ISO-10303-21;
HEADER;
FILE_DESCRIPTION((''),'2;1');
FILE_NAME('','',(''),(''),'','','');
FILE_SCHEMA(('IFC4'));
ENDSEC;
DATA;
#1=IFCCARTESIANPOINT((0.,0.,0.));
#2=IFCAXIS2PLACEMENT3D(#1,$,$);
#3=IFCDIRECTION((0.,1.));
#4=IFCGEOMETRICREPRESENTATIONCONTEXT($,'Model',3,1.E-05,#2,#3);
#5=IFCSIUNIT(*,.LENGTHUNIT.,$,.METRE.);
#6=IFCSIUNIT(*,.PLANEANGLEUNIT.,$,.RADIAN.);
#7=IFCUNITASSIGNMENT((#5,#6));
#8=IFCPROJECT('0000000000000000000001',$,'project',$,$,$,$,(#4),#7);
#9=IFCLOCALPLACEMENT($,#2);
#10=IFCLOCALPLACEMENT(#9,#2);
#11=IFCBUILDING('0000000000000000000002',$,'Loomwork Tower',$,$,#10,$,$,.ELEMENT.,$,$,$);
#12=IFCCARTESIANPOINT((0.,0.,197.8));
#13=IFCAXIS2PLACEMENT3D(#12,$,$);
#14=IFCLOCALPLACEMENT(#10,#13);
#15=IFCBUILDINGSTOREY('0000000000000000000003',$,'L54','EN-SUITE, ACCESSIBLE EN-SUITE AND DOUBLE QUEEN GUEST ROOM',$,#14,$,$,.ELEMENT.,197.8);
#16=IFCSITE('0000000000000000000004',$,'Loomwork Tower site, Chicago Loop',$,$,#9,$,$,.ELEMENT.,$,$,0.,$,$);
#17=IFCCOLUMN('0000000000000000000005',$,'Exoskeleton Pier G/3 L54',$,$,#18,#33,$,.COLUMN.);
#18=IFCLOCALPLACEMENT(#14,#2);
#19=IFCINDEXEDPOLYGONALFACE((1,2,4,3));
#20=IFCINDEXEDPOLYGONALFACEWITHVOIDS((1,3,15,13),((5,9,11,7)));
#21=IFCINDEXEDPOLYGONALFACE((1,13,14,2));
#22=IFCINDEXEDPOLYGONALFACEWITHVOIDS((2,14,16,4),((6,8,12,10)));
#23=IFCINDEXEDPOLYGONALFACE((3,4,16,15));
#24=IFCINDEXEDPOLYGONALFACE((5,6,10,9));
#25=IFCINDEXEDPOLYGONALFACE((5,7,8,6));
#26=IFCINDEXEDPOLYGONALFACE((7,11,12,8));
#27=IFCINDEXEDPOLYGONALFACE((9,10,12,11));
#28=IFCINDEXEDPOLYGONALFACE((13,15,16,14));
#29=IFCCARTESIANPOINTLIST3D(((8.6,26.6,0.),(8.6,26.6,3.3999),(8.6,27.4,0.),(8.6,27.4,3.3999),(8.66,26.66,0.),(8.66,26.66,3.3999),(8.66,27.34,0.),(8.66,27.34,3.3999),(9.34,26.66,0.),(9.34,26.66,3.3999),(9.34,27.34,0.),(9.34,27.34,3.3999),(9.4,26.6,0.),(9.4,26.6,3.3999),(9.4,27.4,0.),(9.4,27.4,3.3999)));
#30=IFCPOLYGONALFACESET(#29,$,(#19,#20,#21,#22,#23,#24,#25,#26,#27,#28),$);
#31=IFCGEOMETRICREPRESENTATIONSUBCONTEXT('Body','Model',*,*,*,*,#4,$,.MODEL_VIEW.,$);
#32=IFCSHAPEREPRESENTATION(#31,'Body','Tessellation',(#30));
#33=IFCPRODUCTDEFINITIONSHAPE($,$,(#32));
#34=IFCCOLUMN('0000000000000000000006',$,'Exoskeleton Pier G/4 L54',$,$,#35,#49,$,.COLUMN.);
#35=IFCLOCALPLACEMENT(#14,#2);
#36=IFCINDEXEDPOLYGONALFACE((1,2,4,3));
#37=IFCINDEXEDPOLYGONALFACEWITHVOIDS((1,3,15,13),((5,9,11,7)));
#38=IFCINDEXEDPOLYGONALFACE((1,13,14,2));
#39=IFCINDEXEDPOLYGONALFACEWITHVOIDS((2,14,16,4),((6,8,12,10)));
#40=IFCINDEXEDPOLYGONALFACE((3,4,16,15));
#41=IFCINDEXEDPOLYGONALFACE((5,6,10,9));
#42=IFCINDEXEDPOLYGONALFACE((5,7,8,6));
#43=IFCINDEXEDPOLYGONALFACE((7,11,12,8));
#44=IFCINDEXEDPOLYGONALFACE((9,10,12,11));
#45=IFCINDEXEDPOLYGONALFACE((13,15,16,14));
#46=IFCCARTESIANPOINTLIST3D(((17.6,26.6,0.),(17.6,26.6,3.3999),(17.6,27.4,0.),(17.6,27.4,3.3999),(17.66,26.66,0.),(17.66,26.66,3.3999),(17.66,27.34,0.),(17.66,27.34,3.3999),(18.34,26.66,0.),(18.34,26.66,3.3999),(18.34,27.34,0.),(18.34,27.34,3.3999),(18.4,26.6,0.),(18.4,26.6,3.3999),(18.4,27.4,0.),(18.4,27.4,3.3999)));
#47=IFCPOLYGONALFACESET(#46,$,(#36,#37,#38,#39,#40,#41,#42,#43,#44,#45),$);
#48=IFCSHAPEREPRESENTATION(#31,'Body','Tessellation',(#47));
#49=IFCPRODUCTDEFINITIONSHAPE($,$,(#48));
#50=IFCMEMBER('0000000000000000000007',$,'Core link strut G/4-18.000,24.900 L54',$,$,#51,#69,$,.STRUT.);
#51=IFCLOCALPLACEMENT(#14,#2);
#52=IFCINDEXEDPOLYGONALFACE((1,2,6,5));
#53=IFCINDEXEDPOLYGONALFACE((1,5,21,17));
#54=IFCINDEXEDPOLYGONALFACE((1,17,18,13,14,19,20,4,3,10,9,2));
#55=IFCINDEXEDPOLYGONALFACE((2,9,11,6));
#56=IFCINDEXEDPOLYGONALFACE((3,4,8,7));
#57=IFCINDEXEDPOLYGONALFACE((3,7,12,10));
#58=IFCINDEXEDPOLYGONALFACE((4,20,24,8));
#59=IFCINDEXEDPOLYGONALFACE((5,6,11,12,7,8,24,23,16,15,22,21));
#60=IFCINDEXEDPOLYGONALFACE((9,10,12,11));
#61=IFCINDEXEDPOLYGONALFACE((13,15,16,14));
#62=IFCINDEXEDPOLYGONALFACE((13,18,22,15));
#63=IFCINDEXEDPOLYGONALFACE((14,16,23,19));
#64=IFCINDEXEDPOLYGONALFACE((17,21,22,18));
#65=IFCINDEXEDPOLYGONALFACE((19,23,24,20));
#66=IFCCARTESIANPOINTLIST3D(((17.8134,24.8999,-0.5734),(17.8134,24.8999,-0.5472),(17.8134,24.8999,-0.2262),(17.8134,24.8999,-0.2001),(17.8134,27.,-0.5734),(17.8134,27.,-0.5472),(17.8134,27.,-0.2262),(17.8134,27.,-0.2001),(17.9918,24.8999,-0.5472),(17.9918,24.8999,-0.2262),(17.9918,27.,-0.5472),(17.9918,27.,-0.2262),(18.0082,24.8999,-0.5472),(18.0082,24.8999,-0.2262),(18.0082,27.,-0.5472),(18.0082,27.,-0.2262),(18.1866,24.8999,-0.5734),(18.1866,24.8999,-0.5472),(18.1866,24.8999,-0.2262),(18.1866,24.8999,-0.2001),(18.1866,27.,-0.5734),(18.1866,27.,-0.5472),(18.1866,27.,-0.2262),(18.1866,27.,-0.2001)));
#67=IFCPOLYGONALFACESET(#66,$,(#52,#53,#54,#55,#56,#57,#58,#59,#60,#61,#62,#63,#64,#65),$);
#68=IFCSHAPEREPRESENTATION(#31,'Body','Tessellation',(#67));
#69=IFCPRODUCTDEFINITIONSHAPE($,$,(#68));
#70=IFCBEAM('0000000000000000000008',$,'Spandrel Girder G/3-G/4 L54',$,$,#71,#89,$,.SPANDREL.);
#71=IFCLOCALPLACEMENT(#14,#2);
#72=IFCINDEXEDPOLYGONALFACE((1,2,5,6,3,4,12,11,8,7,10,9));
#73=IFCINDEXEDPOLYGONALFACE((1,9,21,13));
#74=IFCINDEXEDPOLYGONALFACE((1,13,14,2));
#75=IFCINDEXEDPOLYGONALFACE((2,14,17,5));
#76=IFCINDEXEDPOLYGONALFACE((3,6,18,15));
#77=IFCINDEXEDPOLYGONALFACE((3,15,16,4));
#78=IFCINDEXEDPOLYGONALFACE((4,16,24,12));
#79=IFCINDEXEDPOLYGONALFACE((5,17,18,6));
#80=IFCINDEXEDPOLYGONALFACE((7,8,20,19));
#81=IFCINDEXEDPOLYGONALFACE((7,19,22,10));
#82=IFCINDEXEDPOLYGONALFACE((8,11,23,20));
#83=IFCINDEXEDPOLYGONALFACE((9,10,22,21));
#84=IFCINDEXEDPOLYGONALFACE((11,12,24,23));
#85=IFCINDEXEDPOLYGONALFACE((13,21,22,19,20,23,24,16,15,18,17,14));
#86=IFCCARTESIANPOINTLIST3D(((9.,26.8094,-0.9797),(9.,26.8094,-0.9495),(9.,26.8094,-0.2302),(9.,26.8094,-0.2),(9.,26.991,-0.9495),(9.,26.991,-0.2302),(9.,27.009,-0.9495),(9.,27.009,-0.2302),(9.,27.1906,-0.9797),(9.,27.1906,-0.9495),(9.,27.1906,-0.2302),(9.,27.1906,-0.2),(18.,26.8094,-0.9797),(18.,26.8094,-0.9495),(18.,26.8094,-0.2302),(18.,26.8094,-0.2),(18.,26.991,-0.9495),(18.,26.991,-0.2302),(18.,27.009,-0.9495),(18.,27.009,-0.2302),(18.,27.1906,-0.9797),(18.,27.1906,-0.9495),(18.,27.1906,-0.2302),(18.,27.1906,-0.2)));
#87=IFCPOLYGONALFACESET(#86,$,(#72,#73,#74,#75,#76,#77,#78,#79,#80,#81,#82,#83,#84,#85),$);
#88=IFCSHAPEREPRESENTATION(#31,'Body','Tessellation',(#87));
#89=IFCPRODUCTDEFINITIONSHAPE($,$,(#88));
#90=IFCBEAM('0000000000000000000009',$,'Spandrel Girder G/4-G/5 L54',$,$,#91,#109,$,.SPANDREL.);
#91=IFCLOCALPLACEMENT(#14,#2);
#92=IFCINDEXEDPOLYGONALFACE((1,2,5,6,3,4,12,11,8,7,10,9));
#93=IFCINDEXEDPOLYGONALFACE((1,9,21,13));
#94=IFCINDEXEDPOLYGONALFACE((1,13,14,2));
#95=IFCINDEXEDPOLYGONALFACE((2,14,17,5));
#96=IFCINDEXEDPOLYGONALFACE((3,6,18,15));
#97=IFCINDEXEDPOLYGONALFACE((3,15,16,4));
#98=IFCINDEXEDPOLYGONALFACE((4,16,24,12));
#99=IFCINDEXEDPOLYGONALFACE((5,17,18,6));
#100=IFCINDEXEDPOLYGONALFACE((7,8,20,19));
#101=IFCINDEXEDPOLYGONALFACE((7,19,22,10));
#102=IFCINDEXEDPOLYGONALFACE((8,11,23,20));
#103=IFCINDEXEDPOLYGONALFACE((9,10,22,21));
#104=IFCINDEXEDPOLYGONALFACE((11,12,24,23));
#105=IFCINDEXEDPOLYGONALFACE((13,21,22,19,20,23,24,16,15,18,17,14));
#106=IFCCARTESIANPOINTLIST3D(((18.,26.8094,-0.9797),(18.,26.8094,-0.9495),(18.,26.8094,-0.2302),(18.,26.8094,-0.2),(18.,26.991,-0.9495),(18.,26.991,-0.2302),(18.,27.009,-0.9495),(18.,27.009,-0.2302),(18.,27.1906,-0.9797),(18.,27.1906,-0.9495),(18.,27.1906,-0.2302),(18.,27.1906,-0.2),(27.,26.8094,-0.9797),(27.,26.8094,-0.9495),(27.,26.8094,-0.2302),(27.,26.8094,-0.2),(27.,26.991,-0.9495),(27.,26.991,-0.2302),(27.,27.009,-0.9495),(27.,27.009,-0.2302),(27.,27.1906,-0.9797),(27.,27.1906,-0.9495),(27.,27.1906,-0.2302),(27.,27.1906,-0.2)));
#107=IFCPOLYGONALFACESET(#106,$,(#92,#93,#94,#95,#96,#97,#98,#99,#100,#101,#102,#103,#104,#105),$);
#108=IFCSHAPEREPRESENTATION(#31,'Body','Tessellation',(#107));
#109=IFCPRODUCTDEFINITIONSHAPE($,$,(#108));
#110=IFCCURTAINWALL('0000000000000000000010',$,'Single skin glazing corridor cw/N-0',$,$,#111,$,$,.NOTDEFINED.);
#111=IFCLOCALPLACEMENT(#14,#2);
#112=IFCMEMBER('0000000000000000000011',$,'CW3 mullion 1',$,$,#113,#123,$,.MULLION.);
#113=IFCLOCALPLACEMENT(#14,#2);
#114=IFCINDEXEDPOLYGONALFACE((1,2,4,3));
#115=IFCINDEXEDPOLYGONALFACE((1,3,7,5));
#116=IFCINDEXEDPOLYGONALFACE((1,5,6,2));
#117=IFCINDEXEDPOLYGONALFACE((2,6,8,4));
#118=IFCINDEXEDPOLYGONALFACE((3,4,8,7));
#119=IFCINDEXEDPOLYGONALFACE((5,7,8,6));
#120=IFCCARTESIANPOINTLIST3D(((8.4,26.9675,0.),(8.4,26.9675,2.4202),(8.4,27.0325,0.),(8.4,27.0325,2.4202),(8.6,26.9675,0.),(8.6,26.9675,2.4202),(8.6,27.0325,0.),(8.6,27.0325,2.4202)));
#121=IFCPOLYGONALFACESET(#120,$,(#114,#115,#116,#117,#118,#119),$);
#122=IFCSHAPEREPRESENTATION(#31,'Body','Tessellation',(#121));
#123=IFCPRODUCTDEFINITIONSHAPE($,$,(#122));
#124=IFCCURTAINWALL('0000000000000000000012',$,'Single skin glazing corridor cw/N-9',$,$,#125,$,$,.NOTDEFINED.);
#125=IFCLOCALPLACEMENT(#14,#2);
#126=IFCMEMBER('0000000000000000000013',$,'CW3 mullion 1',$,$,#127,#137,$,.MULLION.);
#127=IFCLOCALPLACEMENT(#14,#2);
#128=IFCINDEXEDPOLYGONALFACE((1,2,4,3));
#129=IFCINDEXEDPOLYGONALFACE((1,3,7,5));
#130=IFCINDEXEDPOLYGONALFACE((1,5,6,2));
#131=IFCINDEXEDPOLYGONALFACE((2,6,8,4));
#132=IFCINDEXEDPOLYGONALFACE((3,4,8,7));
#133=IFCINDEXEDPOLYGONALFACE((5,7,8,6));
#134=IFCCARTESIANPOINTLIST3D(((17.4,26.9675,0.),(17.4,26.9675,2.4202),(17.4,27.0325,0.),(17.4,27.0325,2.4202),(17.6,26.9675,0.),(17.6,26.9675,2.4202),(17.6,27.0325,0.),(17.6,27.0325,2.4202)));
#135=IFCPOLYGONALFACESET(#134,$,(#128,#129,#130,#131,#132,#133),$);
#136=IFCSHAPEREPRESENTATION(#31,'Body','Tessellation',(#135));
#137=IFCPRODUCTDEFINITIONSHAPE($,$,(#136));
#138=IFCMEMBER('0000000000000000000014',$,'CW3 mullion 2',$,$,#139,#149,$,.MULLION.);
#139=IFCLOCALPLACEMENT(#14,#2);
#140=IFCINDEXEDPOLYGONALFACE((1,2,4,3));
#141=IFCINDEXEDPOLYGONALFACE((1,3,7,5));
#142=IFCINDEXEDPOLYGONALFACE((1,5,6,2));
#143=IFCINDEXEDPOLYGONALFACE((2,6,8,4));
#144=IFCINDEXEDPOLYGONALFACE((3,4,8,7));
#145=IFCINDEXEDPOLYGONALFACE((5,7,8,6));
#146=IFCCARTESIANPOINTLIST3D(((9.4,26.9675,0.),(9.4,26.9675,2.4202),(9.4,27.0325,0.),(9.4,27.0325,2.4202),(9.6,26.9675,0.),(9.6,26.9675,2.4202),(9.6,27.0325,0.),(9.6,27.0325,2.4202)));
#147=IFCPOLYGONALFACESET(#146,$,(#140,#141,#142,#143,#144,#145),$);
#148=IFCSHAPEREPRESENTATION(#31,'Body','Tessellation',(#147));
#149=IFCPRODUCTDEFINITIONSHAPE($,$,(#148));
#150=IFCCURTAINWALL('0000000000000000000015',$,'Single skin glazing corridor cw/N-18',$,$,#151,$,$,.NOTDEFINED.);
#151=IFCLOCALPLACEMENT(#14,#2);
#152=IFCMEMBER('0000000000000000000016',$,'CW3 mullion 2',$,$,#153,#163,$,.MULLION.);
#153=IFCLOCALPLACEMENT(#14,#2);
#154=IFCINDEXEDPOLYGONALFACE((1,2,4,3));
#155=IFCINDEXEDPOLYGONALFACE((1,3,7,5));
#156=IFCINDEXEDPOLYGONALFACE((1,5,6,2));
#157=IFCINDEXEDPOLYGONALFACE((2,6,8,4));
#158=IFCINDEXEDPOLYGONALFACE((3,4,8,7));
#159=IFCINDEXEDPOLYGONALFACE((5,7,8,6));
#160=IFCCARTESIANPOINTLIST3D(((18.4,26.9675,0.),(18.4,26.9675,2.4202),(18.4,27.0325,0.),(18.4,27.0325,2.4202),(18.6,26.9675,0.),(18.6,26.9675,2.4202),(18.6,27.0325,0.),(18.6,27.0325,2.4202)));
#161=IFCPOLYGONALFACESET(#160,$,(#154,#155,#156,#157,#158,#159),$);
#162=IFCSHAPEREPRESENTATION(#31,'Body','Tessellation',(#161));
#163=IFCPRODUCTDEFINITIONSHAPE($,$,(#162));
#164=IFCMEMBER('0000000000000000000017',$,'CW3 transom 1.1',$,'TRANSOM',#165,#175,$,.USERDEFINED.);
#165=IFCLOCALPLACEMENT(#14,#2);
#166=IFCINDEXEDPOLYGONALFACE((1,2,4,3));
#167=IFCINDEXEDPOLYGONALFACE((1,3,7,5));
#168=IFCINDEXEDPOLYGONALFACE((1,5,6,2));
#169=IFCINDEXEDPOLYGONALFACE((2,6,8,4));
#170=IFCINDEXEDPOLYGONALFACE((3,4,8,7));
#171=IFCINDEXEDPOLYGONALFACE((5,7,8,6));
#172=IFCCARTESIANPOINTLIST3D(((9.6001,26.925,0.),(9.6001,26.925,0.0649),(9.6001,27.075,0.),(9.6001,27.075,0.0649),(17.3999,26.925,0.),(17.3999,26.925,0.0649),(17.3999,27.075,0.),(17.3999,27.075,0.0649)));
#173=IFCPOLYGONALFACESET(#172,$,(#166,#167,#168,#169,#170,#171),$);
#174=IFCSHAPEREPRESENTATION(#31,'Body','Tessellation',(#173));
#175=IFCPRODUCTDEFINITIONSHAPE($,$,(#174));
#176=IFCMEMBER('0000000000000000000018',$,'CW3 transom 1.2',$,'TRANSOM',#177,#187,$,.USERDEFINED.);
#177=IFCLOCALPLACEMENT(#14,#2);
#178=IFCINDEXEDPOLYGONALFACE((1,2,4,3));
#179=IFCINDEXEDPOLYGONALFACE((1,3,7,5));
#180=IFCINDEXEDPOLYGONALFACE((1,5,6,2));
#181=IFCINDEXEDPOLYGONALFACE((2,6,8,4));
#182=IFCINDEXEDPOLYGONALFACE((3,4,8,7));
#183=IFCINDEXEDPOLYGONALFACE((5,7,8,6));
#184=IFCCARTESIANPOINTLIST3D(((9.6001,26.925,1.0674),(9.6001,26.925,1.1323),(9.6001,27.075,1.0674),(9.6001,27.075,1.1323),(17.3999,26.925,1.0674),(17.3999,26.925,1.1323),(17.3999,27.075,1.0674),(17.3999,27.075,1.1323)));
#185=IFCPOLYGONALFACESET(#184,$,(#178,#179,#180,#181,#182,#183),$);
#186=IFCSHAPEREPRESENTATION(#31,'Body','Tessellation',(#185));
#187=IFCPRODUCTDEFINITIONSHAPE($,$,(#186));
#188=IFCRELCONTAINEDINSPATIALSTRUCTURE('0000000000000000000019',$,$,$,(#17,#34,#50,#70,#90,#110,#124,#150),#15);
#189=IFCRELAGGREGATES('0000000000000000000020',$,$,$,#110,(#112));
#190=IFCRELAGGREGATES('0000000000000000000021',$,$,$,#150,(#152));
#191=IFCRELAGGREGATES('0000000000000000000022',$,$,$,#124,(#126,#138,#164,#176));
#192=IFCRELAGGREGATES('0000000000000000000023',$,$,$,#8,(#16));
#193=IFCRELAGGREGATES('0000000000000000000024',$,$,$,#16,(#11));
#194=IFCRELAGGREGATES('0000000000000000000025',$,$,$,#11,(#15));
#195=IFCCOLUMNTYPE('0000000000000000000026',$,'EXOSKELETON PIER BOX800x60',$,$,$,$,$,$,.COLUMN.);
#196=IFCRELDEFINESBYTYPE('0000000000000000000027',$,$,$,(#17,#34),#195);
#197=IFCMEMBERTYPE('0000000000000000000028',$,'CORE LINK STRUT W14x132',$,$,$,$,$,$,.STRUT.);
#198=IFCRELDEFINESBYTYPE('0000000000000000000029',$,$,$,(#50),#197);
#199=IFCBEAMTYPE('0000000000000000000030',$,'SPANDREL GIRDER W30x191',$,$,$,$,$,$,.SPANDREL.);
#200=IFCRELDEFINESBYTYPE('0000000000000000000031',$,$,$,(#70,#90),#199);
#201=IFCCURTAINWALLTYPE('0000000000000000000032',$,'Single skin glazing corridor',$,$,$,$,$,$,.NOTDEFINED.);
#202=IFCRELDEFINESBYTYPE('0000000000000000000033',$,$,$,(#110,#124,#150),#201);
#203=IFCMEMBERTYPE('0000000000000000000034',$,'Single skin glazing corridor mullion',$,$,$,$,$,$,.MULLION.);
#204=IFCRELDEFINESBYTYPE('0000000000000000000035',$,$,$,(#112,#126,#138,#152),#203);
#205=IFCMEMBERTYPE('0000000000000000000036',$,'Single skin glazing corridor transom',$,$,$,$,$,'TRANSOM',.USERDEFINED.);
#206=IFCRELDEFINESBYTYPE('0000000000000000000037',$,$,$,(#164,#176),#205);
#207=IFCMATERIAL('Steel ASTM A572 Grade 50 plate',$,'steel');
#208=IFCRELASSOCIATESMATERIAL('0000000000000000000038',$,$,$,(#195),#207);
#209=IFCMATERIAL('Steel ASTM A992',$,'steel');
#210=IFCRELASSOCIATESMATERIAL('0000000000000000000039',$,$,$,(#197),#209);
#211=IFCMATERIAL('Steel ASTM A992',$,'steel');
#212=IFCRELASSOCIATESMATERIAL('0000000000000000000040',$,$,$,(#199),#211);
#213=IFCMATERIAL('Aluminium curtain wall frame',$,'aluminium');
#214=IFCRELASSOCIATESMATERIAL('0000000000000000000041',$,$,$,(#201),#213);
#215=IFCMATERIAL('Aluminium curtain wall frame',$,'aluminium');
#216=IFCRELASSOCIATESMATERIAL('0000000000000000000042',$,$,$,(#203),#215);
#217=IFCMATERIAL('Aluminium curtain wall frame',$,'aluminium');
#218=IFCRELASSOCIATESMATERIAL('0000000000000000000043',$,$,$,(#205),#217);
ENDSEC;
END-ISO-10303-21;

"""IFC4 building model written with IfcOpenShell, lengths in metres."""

from ifc_helpers import new_model, si_unit, direction, frame, origin, origin_2d, place, context, subcontext, project, spatial, rectangle, hollow_rectangle, i_section, extrude, material, material_profile, profile_set, type_object, element, aggregate, save


model = new_model("IFC4")

# Units and contexts
model_context = context("Model", 3, precision=1e-05, world=origin(), true_north=direction((0.0, 1.0)))
body_context = subcontext(model_context, "Body", "Model", "MODEL_VIEW")
ifc_project = project(units=[si_unit("LENGTHUNIT", "METRE"), si_unit("PLANEANGLEUNIT", "RADIAN")], contexts=[model_context])

# Site, building, storey
site_placement = place(None, origin())
site = spatial("IfcSite", under=ifc_project, at=site_placement, Name="Loomwork Tower site, Chicago Loop", CompositionType="ELEMENT", RefElevation=0.0)
building_placement = place(site_placement, origin())
building = spatial("IfcBuilding", under=site, at=building_placement, Name="Loomwork Tower", CompositionType="ELEMENT")
storey_placement = place(building_placement, frame((0.0, 0.0, 197.8)))
storey = spatial("IfcBuildingStorey", under=building, at=storey_placement, Name="L54", Description="EN-SUITE, ACCESSIBLE EN-SUITE AND DOUBLE QUEEN GUEST ROOM", CompositionType="ELEMENT", Elevation=197.8)

# Columns
ifc_material_1 = material(Name="Steel ASTM A572 Grade 50 plate", Category="steel")
ifc_material_profile_1 = material_profile(ifc_material_1, hollow_rectangle(XDim=0.8, YDim=0.8, WallThickness=0.0601, at=origin_2d()), Name="BOX800x60")
ifc_profile_set_1 = profile_set([ifc_material_profile_1], Name="Steel ASTM A572 Grade 50 plate")
column_type = type_object("IfcColumnType", Name="EXOSKELETON PIER BOX800x60", PredefinedType="COLUMN", material=ifc_profile_set_1)
for number, where, z_axis, x_axis, name in (
    (1, (9.0, 27.0, 0.0), (0.0, 0.0, 1.0), (1.0, 0.0, 0.0), "Exoskeleton Pier G/3 L54"),
    (2, (18.0, 27.0, 0.0), (0.0, 0.0, 1.0), (1.0, 0.0, 0.0), "Exoskeleton Pier G/4 L54"),
):
    element("IfcColumn", number, at=place(storey_placement, frame(where, z_axis=z_axis, x_axis=x_axis)), inside=storey, type_object=column_type, Name=name, PredefinedType="COLUMN", context=body_context, shape_type="SweptSolid", body=[
        extrude(hollow_rectangle(XDim=0.8, YDim=0.8, WallThickness=0.0601, at=origin_2d()), origin(), (0.0, 0.0, 1.0), 3.3999),
    ])

# Member
ifc_material_2 = material(Name="Steel ASTM A992", Category="steel")
ifc_material_profile_2 = material_profile(ifc_material_2, i_section(OverallWidth=0.3733, OverallDepth=0.3733, WebThickness=0.0164, FlangeThickness=0.0261, at=origin_2d()), Name="W14x132")
ifc_profile_set_2 = profile_set([ifc_material_profile_2], Name="Steel ASTM A992")
member_type_1 = type_object("IfcMemberType", Name="CORE LINK STRUT W14x132", PredefinedType="STRUT", material=ifc_profile_set_2)
member_1_placement = place(storey_placement, frame((18.0, 27.0, -0.3867), z_axis=(0.0, -1.0, 0.0), x_axis=(1.0, 0.0, 0.0)))
element("IfcMember", 3, at=member_1_placement, inside=storey, type_object=member_type_1, Name="Core link strut G/4-18.000,24.900 L54", PredefinedType="STRUT", context=body_context, shape_type="SweptSolid", body=[
    extrude(i_section(OverallWidth=0.3733, OverallDepth=0.3733, WebThickness=0.0164, FlangeThickness=0.0261, at=origin_2d()), origin(), (0.0, 0.0, 1.0), 2.1001),
])

# Beams
ifc_material_3 = material(Name="Steel ASTM A992", Category="steel")
ifc_material_profile_3 = material_profile(ifc_material_3, i_section(OverallWidth=0.3811, OverallDepth=0.7798, WebThickness=0.0181, FlangeThickness=0.0303, at=origin_2d()), Name="W30x191")
ifc_profile_set_3 = profile_set([ifc_material_profile_3], Name="Steel ASTM A992")
beam_type = type_object("IfcBeamType", Name="SPANDREL GIRDER W30x191", PredefinedType="SPANDREL", material=ifc_profile_set_3)
for number, where, z_axis, x_axis, name in (
    (4, (9.0, 27.0, -0.5898), (1.0, 0.0, 0.0), (0.0, 1.0, 0.0), "Spandrel Girder G/3-G/4 L54"),
    (5, (18.0, 27.0, -0.5898), (1.0, 0.0, 0.0), (0.0, 1.0, 0.0), "Spandrel Girder G/4-G/5 L54"),
):
    element("IfcBeam", number, at=place(storey_placement, frame(where, z_axis=z_axis, x_axis=x_axis)), inside=storey, type_object=beam_type, Name=name, PredefinedType="SPANDREL", context=body_context, shape_type="SweptSolid", body=[
        extrude(i_section(OverallWidth=0.3811, OverallDepth=0.7798, WebThickness=0.0181, FlangeThickness=0.0303, at=origin_2d()), origin(), (0.0, 0.0, 1.0), 9.0),
    ])

# Curtain wall, member
ifc_material_4 = material(Name="Aluminium curtain wall frame", Category="aluminium")
curtain_wall_type = type_object("IfcCurtainWallType", Name="Single skin glazing corridor", PredefinedType="NOTDEFINED", material=ifc_material_4)
curtain_wall_1_placement = place(storey_placement, origin())
curtain_wall_1 = element("IfcCurtainWall", 6, at=curtain_wall_1_placement, inside=storey, type_object=curtain_wall_type, Name="Single skin glazing corridor cw/N-0", PredefinedType="NOTDEFINED")
ifc_material_5 = material(Name="Aluminium curtain wall frame", Category="aluminium")
ifc_material_profile_4 = material_profile(ifc_material_5, rectangle(XDim=0.0649, YDim=0.2, at=origin_2d()), Name="AL 65x200")
ifc_profile_set_4 = profile_set([ifc_material_profile_4], Name="Aluminium curtain wall frame")
member_type_2 = type_object("IfcMemberType", Name="Single skin glazing corridor mullion", PredefinedType="MULLION", material=ifc_profile_set_4)
member_2_placement = place(storey_placement, frame((8.5, 27.0, 0.0), z_axis=(0.0, 0.0, 1.0), x_axis=(0.0, -1.0, 0.0)))
member_2 = element("IfcMember", 7, at=member_2_placement, type_object=member_type_2, Name="CW3 mullion 1", PredefinedType="MULLION", context=body_context, shape_type="SweptSolid", body=[
    extrude(rectangle(XDim=0.0649, YDim=0.2, at=origin_2d()), origin(), (0.0, 0.0, 1.0), 2.4202),
])
aggregate(curtain_wall_1, [member_2])

# Curtain wall, members
curtain_wall_2_placement = place(storey_placement, origin())
curtain_wall_2 = element("IfcCurtainWall", 8, at=curtain_wall_2_placement, inside=storey, type_object=curtain_wall_type, Name="Single skin glazing corridor cw/N-9", PredefinedType="NOTDEFINED")
member_3_placement = place(storey_placement, frame((17.5, 27.0, 0.0), z_axis=(0.0, 0.0, 1.0), x_axis=(0.0, -1.0, 0.0)))
member_3 = element("IfcMember", 9, at=member_3_placement, type_object=member_type_2, Name="CW3 mullion 1", PredefinedType="MULLION", context=body_context, shape_type="SweptSolid", body=[
    extrude(rectangle(XDim=0.0649, YDim=0.2, at=origin_2d()), origin(), (0.0, 0.0, 1.0), 2.4202),
])
member_4_placement = place(storey_placement, frame((9.5, 27.0, 0.0), z_axis=(0.0, 0.0, 1.0), x_axis=(0.0, -1.0, 0.0)))
member_4 = element("IfcMember", 10, at=member_4_placement, type_object=member_type_2, Name="CW3 mullion 2", PredefinedType="MULLION", context=body_context, shape_type="SweptSolid", body=[
    extrude(rectangle(XDim=0.0649, YDim=0.2, at=origin_2d()), origin(), (0.0, 0.0, 1.0), 2.4202),
])

# Curtain wall, member
curtain_wall_3_placement = place(storey_placement, origin())
curtain_wall_3 = element("IfcCurtainWall", 11, at=curtain_wall_3_placement, inside=storey, type_object=curtain_wall_type, Name="Single skin glazing corridor cw/N-18", PredefinedType="NOTDEFINED")
member_5_placement = place(storey_placement, frame((18.5, 27.0, 0.0), z_axis=(0.0, 0.0, 1.0), x_axis=(0.0, -1.0, 0.0)))
member_5 = element("IfcMember", 12, at=member_5_placement, type_object=member_type_2, Name="CW3 mullion 2", PredefinedType="MULLION", context=body_context, shape_type="SweptSolid", body=[
    extrude(rectangle(XDim=0.0649, YDim=0.2, at=origin_2d()), origin(), (0.0, 0.0, 1.0), 2.4202),
])
aggregate(curtain_wall_3, [member_5])

# Members
ifc_material_6 = material(Name="Aluminium curtain wall frame", Category="aluminium")
ifc_material_profile_5 = material_profile(ifc_material_6, rectangle(XDim=0.1499, YDim=0.0649, at=origin_2d()), Name="AL 65x150")
ifc_profile_set_5 = profile_set([ifc_material_profile_5], Name="Aluminium curtain wall frame")
member_type_3 = type_object("IfcMemberType", Name="Single skin glazing corridor transom", ElementType="TRANSOM", PredefinedType="USERDEFINED", material=ifc_profile_set_5)
member_6_placement = place(storey_placement, frame((17.3999, 27.0, 0.0325), z_axis=(-1.0, 0.0, 0.0), x_axis=(0.0, -1.0, 0.0)))
member_6 = element("IfcMember", 13, at=member_6_placement, type_object=member_type_3, Name="CW3 transom 1.1", ObjectType="TRANSOM", PredefinedType="USERDEFINED", context=body_context, shape_type="SweptSolid", body=[
    extrude(rectangle(XDim=0.1499, YDim=0.0649, at=origin_2d()), origin(), (0.0, 0.0, 1.0), 7.7998),
])
member_7_placement = place(storey_placement, frame((17.3999, 27.0, 1.0999), z_axis=(-1.0, 0.0, 0.0), x_axis=(0.0, -1.0, 0.0)))
member_7 = element("IfcMember", 14, at=member_7_placement, type_object=member_type_3, Name="CW3 transom 1.2", ObjectType="TRANSOM", PredefinedType="USERDEFINED", context=body_context, shape_type="SweptSolid", body=[
    extrude(rectangle(XDim=0.1499, YDim=0.0649, at=origin_2d()), origin(), (0.0, 0.0, 1.0), 7.7998),
])

aggregate(curtain_wall_2, [member_3, member_4, member_6, member_7])

save(model, "model.ifc")
